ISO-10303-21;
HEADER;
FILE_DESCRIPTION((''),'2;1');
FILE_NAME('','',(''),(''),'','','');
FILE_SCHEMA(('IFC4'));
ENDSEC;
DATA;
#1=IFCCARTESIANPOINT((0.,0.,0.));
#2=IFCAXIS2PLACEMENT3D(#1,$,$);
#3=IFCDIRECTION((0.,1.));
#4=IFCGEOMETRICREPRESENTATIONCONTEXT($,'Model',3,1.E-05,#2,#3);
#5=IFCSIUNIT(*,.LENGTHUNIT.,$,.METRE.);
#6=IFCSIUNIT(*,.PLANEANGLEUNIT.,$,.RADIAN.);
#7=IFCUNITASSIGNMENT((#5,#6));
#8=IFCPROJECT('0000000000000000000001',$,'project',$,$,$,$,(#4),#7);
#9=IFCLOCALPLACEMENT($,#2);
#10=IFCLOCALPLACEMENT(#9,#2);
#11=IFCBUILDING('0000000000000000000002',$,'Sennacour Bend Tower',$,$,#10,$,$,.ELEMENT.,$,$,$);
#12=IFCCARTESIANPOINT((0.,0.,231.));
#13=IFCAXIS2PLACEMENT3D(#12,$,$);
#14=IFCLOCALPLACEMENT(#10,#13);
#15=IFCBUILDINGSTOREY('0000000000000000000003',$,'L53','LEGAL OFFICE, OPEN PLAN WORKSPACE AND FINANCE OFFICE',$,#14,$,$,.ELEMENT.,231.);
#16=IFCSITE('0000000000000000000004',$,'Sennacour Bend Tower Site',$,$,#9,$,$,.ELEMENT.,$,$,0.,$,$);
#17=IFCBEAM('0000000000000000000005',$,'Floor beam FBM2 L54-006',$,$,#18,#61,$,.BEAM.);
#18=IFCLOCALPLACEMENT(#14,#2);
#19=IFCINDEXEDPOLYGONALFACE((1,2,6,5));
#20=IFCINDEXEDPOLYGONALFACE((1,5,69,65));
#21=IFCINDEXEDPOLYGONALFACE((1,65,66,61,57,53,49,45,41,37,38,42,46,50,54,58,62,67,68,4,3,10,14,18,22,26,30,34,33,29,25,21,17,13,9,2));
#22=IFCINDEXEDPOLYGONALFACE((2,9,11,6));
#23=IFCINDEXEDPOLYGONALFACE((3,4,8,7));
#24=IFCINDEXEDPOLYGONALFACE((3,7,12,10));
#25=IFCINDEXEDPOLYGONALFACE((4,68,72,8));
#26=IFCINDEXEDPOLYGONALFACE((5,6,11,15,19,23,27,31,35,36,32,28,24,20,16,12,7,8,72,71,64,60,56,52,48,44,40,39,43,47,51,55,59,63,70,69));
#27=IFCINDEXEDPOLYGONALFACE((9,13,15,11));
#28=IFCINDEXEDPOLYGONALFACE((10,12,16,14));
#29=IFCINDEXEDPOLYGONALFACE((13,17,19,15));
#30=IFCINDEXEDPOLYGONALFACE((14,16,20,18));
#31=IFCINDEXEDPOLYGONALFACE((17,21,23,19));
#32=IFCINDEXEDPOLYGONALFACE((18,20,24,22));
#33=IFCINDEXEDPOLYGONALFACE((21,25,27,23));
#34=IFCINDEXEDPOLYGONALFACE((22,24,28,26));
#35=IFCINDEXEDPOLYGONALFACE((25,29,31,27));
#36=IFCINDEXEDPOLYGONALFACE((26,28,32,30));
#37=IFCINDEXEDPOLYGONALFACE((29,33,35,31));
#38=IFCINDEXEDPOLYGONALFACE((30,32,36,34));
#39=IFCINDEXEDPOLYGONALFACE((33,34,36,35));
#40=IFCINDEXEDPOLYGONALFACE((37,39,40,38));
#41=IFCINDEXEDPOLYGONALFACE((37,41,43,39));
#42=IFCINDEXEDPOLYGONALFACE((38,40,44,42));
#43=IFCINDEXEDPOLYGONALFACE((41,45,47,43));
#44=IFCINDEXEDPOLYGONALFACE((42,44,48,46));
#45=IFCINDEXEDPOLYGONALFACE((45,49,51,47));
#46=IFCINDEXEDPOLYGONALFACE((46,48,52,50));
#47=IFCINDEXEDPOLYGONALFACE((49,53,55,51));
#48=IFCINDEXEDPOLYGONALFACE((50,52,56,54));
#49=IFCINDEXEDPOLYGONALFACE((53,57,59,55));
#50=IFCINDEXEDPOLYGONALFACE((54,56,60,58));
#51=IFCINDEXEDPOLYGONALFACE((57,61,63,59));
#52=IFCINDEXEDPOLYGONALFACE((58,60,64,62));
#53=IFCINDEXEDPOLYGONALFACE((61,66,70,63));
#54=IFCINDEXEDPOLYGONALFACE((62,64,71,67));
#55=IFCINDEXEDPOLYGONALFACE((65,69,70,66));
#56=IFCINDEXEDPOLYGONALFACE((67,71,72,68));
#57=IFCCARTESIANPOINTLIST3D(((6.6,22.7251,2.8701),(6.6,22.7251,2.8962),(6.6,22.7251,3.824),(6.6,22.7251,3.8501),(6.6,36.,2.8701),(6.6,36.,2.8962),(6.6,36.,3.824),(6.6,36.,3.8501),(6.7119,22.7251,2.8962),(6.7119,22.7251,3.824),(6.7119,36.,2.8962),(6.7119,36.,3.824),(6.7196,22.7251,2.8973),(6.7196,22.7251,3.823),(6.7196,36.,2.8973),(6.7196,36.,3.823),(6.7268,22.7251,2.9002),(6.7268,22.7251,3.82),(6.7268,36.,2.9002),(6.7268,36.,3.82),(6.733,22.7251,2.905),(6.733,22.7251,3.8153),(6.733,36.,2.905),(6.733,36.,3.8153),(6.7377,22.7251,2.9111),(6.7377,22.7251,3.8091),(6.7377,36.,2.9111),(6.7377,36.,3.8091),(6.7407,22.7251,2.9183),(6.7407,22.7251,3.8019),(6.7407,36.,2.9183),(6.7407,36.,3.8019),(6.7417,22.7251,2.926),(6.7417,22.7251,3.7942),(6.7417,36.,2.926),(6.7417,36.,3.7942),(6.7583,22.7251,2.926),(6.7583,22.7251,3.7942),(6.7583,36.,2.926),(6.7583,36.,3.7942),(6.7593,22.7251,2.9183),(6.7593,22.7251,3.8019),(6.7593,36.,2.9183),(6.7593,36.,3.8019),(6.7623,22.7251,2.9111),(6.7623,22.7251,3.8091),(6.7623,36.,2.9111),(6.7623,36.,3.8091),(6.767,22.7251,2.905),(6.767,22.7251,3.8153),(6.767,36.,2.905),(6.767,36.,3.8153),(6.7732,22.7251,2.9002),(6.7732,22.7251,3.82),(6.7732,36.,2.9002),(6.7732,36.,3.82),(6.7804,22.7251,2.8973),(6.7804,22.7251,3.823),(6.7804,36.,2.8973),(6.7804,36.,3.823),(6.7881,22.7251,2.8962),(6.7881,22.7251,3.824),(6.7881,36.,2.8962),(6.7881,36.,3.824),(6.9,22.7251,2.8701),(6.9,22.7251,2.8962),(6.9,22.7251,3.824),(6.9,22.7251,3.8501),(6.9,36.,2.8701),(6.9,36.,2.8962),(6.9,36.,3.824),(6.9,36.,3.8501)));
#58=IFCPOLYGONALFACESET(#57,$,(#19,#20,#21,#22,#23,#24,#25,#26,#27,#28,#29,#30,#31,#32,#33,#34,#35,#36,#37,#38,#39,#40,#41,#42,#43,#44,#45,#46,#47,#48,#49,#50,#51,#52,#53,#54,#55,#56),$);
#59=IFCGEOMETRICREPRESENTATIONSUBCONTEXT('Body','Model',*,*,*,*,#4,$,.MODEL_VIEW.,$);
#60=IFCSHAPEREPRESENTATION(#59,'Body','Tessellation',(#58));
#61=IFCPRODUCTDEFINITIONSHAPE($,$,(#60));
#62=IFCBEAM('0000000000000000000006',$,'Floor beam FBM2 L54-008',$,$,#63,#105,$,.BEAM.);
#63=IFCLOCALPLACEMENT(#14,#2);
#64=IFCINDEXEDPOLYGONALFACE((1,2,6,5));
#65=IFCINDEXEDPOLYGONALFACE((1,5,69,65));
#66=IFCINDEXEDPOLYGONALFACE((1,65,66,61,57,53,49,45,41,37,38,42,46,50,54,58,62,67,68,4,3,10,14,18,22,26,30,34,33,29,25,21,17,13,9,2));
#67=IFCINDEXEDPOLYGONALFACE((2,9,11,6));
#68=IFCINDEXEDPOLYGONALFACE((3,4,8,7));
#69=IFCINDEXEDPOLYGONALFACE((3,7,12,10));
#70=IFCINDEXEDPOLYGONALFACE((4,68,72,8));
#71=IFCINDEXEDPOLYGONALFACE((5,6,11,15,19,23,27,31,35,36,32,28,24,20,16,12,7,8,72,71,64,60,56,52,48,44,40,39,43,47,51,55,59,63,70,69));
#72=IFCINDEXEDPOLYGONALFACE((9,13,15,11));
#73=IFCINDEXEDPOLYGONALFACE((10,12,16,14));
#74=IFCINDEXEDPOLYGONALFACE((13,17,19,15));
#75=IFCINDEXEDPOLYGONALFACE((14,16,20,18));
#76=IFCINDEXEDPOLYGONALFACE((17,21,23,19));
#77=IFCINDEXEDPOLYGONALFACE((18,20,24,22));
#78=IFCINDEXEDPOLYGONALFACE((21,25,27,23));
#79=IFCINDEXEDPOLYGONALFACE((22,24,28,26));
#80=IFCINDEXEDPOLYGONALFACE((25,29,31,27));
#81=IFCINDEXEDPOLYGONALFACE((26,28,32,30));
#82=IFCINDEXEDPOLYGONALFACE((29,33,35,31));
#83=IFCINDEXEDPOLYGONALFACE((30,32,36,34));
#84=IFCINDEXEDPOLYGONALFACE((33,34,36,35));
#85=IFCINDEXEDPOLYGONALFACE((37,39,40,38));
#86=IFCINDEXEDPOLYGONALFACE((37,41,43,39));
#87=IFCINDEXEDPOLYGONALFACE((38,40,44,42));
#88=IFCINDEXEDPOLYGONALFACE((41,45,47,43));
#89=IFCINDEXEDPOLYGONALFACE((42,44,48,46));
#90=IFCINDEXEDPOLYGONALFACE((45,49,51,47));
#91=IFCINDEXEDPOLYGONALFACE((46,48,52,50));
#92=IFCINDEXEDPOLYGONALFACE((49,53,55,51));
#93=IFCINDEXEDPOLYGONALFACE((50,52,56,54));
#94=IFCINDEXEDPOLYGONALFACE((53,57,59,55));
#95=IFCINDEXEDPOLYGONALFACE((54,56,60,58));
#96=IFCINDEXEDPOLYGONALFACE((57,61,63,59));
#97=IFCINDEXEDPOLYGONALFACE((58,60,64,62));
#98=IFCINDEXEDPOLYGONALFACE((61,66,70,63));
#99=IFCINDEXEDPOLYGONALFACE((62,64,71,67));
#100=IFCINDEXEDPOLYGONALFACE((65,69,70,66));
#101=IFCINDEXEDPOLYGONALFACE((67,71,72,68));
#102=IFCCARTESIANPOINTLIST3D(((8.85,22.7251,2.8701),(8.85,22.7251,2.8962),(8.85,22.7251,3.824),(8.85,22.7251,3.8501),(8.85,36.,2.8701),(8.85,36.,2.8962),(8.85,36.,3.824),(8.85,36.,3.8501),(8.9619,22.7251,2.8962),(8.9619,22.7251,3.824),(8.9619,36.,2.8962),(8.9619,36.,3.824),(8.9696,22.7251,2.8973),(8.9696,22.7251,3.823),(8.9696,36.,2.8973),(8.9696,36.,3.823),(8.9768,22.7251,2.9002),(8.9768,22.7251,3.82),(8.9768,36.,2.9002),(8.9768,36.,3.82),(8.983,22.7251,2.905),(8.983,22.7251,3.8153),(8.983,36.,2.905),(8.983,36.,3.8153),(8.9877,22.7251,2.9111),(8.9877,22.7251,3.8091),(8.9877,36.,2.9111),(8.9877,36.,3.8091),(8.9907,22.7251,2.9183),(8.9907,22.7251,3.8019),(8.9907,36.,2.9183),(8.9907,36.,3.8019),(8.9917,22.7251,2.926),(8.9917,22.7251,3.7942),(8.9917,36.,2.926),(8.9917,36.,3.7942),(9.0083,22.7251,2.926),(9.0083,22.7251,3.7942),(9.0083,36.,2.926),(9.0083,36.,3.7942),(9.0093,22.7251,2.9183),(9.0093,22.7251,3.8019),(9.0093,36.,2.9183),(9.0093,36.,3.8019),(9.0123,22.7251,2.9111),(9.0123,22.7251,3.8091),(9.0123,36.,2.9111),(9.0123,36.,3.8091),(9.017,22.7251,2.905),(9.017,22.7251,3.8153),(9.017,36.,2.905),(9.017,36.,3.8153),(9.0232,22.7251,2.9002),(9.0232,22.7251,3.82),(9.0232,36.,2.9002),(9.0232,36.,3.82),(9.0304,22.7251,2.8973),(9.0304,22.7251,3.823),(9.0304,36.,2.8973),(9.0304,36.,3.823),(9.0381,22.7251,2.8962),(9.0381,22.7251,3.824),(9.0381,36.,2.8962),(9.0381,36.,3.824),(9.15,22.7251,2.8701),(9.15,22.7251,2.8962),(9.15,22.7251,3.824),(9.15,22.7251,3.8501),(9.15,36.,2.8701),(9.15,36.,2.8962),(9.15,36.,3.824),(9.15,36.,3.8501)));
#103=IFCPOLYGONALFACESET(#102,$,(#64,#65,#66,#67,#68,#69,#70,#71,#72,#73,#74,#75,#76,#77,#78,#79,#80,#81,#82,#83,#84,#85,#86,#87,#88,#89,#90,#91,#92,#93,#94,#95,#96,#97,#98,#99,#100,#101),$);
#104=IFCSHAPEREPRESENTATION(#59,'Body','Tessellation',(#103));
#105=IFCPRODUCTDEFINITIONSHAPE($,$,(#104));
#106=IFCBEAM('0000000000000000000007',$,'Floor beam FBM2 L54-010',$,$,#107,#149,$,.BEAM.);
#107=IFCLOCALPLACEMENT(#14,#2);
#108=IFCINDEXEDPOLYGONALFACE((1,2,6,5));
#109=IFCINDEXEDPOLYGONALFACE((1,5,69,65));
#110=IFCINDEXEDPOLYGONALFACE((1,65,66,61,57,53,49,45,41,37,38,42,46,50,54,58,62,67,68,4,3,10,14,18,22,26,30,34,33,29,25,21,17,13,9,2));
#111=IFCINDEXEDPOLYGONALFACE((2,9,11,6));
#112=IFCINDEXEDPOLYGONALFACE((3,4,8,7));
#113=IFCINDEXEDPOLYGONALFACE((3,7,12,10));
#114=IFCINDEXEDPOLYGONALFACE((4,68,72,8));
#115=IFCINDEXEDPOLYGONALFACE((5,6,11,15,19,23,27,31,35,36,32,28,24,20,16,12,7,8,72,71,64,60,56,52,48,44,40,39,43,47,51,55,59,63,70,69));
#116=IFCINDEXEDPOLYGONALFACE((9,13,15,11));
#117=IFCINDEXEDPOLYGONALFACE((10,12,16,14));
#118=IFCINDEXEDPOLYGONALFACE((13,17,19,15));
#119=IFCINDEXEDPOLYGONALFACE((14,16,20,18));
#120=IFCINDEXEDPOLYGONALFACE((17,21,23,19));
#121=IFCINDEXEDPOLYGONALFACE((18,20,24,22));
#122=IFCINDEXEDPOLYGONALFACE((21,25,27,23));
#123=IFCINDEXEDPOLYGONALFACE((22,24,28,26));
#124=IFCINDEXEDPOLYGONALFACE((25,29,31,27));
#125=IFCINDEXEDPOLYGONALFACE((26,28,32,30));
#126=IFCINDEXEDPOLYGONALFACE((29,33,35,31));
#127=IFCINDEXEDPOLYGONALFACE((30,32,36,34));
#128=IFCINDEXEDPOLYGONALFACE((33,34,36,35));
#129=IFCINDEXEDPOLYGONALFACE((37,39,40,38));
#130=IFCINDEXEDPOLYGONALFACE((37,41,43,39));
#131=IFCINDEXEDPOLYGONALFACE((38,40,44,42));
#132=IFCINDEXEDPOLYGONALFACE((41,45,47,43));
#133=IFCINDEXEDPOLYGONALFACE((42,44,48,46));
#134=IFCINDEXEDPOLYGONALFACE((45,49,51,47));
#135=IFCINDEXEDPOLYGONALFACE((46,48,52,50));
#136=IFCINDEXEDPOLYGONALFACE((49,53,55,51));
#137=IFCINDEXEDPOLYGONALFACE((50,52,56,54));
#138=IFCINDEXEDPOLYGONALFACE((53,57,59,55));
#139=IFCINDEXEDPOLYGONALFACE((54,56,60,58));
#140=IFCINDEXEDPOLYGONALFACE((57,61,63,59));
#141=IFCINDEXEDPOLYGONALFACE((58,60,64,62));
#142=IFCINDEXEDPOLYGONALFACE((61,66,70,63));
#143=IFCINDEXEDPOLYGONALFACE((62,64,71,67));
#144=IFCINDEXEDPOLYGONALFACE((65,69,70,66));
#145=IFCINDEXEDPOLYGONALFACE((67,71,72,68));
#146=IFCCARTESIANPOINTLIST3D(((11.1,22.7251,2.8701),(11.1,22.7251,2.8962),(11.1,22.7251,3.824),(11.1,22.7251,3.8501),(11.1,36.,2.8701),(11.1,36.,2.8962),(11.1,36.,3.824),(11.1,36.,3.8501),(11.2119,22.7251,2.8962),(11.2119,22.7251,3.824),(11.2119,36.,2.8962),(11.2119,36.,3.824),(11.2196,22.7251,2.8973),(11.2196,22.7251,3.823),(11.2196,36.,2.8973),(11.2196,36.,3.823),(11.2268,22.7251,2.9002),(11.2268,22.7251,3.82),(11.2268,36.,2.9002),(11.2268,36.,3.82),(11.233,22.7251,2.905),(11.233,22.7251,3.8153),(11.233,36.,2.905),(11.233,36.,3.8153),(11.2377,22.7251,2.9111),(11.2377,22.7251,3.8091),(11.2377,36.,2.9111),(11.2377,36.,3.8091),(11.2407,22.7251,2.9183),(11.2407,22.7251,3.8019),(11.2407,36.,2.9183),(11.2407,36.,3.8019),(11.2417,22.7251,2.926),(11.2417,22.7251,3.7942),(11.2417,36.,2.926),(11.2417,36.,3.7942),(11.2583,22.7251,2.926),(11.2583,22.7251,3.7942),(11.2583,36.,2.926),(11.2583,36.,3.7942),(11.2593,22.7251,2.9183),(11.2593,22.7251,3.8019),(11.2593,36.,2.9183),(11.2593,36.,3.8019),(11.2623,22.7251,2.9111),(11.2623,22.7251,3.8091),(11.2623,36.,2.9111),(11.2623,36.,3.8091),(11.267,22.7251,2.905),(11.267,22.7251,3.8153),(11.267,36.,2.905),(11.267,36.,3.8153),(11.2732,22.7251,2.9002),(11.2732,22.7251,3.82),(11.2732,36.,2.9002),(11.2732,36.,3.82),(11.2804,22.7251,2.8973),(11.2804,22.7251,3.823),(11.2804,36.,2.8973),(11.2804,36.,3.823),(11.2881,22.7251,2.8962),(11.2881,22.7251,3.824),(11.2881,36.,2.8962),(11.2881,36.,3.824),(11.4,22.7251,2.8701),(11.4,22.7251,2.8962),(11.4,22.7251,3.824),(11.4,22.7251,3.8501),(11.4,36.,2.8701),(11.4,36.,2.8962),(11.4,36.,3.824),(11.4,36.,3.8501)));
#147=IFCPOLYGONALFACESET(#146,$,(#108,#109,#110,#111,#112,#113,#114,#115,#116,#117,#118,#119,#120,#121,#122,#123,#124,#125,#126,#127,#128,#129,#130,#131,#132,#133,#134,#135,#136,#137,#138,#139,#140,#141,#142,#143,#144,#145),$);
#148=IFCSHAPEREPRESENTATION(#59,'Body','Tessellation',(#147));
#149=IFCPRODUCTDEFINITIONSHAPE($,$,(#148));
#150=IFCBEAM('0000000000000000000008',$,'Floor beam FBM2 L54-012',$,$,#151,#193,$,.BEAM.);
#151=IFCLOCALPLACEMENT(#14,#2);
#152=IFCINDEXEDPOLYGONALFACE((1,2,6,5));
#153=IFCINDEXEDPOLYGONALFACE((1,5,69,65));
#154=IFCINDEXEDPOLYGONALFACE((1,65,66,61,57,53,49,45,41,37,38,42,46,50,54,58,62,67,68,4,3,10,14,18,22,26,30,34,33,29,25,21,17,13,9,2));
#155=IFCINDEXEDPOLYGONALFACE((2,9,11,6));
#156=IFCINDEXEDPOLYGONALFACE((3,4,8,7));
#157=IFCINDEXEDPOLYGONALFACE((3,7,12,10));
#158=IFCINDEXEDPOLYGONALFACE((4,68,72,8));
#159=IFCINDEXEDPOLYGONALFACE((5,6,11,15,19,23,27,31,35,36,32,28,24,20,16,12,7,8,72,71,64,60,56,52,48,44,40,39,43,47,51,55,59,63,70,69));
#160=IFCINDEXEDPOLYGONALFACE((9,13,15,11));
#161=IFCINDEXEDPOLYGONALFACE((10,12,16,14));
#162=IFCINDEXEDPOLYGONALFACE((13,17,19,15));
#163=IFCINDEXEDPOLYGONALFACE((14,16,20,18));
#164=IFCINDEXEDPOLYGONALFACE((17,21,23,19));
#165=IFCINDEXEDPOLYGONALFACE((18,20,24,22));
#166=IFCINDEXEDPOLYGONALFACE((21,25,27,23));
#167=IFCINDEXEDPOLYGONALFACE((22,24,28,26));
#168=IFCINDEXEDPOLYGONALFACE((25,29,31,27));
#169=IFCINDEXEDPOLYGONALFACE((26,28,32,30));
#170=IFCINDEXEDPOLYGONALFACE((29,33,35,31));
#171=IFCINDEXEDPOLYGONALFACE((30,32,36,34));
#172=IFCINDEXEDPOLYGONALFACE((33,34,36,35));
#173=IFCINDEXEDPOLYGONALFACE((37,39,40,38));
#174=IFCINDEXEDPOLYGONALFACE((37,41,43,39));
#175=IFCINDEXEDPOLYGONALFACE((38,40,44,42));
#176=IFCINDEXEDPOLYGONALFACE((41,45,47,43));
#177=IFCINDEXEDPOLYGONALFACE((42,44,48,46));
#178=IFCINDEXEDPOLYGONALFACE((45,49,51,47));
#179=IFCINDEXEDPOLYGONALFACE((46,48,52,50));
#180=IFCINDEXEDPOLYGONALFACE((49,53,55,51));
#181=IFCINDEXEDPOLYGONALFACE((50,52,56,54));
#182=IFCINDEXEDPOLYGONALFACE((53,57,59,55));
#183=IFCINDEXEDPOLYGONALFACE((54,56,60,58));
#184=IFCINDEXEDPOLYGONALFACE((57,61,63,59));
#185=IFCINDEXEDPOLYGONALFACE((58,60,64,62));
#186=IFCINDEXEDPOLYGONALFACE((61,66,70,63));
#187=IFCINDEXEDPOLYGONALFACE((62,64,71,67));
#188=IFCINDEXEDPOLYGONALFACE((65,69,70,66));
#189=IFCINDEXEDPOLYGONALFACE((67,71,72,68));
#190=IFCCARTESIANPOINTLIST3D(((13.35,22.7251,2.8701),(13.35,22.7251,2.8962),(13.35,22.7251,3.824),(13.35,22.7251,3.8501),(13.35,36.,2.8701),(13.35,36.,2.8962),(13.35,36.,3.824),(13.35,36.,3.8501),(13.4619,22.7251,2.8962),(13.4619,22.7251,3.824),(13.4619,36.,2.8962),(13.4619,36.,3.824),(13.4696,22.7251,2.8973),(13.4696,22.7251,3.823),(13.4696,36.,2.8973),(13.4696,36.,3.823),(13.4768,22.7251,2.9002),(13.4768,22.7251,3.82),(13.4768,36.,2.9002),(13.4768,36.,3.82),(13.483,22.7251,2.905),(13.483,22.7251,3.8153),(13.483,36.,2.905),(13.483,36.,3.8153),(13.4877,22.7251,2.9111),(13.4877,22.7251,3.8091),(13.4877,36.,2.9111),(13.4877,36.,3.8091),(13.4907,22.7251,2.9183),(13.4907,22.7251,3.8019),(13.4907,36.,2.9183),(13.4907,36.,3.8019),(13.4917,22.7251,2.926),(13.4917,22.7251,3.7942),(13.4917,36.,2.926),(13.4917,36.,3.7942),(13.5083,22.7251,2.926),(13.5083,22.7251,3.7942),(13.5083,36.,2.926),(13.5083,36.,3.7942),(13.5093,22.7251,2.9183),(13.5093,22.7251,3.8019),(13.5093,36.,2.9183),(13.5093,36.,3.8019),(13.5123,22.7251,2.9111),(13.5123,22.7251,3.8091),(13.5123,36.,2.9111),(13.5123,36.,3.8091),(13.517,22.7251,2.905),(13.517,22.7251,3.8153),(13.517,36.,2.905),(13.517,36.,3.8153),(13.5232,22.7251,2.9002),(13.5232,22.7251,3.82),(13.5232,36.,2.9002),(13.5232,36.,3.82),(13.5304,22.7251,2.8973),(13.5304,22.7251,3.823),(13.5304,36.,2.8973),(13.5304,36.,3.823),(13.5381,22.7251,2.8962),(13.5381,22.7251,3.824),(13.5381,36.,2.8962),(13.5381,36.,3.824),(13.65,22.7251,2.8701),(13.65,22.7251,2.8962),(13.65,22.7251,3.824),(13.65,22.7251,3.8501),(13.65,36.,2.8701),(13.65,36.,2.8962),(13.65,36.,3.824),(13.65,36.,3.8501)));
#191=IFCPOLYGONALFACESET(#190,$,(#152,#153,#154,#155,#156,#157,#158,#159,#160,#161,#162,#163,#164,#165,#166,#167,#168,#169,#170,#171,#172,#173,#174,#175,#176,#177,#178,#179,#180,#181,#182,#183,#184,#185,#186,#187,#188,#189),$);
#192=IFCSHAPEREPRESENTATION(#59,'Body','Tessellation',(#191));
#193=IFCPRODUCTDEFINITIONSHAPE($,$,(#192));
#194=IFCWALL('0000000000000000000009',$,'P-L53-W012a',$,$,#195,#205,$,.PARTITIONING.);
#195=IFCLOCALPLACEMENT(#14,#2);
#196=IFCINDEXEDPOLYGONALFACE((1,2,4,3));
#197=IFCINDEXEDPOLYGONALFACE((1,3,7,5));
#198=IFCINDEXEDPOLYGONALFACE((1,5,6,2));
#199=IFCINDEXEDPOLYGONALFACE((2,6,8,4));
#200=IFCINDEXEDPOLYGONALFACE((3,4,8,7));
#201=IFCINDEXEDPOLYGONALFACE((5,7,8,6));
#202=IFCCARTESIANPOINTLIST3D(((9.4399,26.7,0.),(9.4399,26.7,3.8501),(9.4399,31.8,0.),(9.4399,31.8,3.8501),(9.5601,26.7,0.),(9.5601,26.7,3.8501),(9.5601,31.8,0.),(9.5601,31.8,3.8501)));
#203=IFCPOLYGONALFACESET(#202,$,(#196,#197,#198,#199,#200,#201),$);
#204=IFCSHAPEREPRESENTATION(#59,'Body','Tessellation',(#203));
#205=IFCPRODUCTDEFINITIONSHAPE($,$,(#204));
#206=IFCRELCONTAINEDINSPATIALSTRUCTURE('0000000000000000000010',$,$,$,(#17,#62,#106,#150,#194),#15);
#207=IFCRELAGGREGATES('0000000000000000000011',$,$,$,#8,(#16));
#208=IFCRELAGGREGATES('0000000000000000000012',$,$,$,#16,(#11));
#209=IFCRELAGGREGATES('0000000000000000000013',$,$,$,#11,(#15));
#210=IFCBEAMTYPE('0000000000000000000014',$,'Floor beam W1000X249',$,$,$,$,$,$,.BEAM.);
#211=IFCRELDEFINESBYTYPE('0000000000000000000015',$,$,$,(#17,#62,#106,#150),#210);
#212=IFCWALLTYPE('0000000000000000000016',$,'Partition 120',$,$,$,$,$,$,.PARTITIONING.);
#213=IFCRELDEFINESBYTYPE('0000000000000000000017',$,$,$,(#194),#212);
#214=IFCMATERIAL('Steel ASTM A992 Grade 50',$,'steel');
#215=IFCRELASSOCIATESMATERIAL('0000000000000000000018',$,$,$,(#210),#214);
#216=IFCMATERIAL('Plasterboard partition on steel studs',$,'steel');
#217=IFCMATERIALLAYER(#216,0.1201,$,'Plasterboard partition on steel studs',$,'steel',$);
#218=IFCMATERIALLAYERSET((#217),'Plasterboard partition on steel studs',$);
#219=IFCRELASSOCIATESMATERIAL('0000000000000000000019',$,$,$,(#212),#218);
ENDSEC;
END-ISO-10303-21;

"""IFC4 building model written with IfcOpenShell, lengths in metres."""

from ifc_helpers import new_model, si_unit, direction, frame, frame_2d, origin, origin_2d, place, context, subcontext, project, spatial, rectangle, i_section, extrude, material, layer, layer_set, material_profile, profile_set, type_object, element, save


model = new_model("IFC4")

# Units and contexts
model_context = context("Model", 3, precision=1e-05, world=origin(), true_north=direction((0.0, 1.0)))
body_context = subcontext(model_context, "Body", "Model", "MODEL_VIEW")
ifc_project = project(units=[si_unit("LENGTHUNIT", "METRE"), si_unit("PLANEANGLEUNIT", "RADIAN")], contexts=[model_context])

# Site, building, storey
site_placement = place(None, origin())
site = spatial("IfcSite", under=ifc_project, at=site_placement, Name="Sennacour Bend Tower Site", CompositionType="ELEMENT", RefElevation=0.0)
building_placement = place(site_placement, origin())
building = spatial("IfcBuilding", under=site, at=building_placement, Name="Sennacour Bend Tower", CompositionType="ELEMENT")
storey_placement = place(building_placement, frame((0.0, 0.0, 231.0)))
storey = spatial("IfcBuildingStorey", under=building, at=storey_placement, Name="L53", Description="LEGAL OFFICE, OPEN PLAN WORKSPACE AND FINANCE OFFICE", CompositionType="ELEMENT", Elevation=231.0)

# Beams
ifc_material_1 = material(Name="Steel ASTM A992 Grade 50", Category="steel")
ifc_material_profile = material_profile(ifc_material_1, i_section(OverallWidth=0.3, OverallDepth=0.98, WebThickness=0.0166, FlangeThickness=0.0261, FilletRadius=0.0298, at=origin_2d()), Name="Steel ASTM A992 Grade 50", Category="steel")
ifc_profile_set = profile_set([ifc_material_profile], Name="Steel ASTM A992 Grade 50")
beam_type = type_object("IfcBeamType", Name="Floor beam W1000X249", PredefinedType="BEAM", material=ifc_profile_set)
for number, where, z_axis, x_axis, name in (
    (1, (6.75, 22.7251, 3.3601), (0.0, 1.0, 0.0), (-1.0, 0.0, 0.0), "Floor beam FBM2 L54-006"),
    (2, (9.0, 22.7251, 3.3601), (0.0, 1.0, 0.0), (-1.0, 0.0, 0.0), "Floor beam FBM2 L54-008"),
    (3, (11.25, 22.7251, 3.3601), (0.0, 1.0, 0.0), (-1.0, 0.0, 0.0), "Floor beam FBM2 L54-010"),
    (4, (13.5, 22.7251, 3.3601), (0.0, 1.0, 0.0), (-1.0, 0.0, 0.0), "Floor beam FBM2 L54-012"),
):
    element("IfcBeam", number, at=place(storey_placement, frame(where, z_axis=z_axis, x_axis=x_axis)), inside=storey, type_object=beam_type, Name=name, PredefinedType="BEAM", context=body_context, shape_type="SweptSolid", body=[
        extrude(i_section(OverallWidth=0.3, OverallDepth=0.98, WebThickness=0.0166, FlangeThickness=0.0261, FilletRadius=0.0298, at=origin_2d()), origin(), (0.0, 0.0, 1.0), 13.2749),
    ])

# Wall
ifc_material_2 = material(Name="Plasterboard partition on steel studs", Category="steel")
ifc_layer_1 = layer(ifc_material_2, 0.1201, Name="Plasterboard partition on steel studs", Category="steel")
ifc_layer_set_1 = layer_set([ifc_layer_1], Name="Plasterboard partition on steel studs")
wall_type_1 = type_object("IfcWallType", Name="Partition 120", PredefinedType="PARTITIONING", material=ifc_layer_set_1)
wall_1_placement = place(storey_placement, frame((9.5, 26.7, 0.0), z_axis=(0.0, 0.0, 1.0), x_axis=(0.0, 1.0, 0.0)))
element("IfcWall", 5, at=wall_1_placement, inside=storey, type_object=wall_type_1, Name="P-L53-W012a", PredefinedType="PARTITIONING", context=body_context, shape_type="SweptSolid", body=[
    extrude(rectangle(XDim=5.1001, YDim=0.1201, at=frame_2d((2.55, 0.0))), origin(), (0.0, 0.0, 1.0), 3.8501),
])

save(model, "model.ifc")
